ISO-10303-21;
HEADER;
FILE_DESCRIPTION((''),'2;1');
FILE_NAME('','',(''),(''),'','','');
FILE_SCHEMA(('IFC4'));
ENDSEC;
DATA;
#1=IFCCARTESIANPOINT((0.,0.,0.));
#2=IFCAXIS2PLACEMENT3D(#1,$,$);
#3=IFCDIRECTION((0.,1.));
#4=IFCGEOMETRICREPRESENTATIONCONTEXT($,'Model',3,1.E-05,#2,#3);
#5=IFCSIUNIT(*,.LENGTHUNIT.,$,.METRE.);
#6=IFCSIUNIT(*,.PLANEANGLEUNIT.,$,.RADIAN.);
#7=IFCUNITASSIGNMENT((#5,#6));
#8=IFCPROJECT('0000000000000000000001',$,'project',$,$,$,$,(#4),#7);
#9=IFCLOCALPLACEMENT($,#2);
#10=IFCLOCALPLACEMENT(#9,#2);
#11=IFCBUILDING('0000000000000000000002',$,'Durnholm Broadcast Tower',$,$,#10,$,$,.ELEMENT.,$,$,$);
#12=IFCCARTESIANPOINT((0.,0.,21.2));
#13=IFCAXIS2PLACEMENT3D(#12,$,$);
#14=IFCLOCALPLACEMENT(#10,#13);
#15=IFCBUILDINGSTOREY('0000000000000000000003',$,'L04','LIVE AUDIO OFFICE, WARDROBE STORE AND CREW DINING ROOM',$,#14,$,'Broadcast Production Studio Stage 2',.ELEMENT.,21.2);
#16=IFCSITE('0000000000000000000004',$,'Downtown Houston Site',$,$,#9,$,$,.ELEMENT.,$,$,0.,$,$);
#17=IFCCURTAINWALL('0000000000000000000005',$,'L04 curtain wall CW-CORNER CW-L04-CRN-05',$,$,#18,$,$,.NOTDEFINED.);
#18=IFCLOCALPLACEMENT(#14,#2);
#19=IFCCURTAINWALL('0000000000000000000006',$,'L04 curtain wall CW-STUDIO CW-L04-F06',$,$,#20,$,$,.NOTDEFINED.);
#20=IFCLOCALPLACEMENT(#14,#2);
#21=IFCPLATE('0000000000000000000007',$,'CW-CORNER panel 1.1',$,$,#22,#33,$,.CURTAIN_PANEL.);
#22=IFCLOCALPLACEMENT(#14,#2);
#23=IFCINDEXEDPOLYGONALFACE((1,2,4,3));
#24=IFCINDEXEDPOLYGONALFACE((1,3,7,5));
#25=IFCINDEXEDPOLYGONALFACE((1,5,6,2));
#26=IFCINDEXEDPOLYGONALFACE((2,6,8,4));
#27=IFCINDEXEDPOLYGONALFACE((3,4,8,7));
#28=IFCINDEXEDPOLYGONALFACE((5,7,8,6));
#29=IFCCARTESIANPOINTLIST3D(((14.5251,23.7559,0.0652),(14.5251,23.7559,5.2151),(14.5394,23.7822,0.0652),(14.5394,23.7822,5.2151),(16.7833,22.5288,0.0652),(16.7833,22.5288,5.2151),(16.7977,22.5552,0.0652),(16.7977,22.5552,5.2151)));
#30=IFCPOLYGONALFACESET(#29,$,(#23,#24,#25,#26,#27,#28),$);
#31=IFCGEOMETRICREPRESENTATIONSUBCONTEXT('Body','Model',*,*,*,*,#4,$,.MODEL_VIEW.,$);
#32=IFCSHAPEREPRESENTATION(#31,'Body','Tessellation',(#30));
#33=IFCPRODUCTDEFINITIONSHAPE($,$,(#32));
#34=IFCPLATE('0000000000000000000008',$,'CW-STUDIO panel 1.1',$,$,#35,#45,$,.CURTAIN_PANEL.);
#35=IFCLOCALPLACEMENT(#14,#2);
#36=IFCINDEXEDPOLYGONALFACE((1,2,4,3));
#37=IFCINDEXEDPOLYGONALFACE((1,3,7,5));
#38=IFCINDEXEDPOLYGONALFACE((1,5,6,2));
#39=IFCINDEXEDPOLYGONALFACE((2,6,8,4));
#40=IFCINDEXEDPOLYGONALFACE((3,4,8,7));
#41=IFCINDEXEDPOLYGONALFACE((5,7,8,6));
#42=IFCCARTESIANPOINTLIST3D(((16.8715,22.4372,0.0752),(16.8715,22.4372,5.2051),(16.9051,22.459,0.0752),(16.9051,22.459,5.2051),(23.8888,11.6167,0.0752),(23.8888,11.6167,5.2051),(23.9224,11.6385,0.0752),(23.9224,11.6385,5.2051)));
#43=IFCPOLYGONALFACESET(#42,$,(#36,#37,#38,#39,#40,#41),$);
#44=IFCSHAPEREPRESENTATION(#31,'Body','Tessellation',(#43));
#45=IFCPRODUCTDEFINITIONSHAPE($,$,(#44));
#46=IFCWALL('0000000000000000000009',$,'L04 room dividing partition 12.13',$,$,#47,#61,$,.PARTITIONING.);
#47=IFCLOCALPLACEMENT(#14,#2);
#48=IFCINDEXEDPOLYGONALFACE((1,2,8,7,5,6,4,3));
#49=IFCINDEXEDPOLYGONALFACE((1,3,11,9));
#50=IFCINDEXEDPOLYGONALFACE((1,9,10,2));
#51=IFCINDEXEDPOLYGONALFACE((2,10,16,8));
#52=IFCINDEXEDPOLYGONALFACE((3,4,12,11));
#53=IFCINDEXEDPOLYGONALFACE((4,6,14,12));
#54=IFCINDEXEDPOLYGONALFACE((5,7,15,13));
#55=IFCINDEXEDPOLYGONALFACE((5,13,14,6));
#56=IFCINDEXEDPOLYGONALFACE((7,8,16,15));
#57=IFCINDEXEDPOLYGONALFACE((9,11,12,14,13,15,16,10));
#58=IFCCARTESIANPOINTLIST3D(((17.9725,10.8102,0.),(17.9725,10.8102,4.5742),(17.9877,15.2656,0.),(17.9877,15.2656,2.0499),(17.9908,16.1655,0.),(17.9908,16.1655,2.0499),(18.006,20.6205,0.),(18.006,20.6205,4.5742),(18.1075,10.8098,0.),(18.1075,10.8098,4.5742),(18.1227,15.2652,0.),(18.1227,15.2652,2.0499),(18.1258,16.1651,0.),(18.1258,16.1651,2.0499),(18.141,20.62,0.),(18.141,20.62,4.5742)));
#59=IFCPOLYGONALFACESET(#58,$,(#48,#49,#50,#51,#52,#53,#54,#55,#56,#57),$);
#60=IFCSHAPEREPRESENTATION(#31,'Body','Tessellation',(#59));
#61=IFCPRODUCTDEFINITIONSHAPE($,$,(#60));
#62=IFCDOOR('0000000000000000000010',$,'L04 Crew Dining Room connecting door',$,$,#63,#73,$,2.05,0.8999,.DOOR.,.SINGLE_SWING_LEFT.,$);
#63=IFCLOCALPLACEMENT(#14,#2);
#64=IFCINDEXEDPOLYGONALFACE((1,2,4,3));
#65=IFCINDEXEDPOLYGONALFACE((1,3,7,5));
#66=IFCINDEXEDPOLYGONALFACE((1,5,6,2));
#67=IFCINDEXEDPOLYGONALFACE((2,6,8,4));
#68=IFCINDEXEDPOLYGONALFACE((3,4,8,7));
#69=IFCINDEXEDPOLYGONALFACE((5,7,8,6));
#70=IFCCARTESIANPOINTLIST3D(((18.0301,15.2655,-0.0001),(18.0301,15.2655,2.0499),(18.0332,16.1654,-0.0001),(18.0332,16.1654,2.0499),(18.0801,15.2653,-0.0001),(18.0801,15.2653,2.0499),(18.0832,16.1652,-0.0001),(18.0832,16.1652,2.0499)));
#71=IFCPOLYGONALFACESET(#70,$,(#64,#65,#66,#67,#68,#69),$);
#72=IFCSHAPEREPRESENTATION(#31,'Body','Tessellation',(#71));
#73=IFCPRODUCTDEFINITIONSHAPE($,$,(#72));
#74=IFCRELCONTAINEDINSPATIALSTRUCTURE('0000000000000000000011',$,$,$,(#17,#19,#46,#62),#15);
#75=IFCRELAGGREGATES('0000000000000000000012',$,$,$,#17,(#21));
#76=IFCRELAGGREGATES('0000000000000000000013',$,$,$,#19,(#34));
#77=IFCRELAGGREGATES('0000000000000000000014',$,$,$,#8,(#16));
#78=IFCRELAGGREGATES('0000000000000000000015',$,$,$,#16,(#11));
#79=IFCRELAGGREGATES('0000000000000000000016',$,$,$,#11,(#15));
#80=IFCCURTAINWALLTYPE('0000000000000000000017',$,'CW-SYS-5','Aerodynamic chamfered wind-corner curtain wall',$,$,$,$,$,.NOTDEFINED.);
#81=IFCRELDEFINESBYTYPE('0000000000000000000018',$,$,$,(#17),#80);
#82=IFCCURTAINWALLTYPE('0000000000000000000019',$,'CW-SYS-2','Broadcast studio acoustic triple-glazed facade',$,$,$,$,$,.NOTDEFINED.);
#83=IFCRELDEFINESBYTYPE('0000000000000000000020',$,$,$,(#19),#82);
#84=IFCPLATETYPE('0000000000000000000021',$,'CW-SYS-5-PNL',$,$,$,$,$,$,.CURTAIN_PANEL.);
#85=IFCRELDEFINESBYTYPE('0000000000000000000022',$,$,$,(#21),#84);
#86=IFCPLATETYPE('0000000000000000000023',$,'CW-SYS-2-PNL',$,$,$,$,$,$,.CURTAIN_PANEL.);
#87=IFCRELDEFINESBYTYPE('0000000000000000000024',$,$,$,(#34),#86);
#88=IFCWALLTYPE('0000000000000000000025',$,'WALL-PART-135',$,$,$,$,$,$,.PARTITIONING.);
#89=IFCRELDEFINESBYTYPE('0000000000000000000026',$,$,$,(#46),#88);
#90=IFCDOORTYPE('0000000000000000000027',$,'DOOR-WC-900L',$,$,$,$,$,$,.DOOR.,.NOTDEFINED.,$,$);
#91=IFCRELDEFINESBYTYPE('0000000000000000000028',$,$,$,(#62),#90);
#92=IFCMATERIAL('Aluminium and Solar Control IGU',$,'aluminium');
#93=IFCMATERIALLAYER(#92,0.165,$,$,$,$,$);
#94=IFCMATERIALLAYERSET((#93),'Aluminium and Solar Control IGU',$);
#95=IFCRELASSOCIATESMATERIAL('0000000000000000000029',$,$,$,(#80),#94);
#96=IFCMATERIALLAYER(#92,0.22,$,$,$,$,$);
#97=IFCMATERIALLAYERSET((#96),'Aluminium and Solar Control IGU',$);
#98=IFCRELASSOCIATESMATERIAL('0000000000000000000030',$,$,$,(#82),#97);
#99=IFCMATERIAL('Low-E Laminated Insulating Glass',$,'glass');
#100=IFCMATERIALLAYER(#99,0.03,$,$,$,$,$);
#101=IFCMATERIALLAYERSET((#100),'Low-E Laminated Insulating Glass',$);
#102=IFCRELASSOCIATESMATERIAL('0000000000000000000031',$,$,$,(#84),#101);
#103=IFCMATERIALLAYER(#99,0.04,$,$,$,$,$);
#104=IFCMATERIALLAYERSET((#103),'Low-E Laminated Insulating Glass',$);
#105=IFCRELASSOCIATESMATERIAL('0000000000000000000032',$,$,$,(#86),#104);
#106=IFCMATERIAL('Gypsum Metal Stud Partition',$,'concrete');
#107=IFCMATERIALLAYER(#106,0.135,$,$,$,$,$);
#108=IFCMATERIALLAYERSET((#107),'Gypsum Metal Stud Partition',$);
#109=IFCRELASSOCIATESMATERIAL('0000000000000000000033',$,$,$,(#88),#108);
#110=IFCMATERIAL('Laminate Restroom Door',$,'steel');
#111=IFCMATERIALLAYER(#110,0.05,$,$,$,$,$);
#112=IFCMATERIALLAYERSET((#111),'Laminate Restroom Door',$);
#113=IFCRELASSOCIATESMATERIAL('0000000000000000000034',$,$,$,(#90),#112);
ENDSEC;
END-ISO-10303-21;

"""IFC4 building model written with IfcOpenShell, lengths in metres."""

from ifc_helpers import new_model, si_unit, direction, frame, frame_2d, origin, origin_2d, place, context, subcontext, project, spatial, rectangle, extrude, source, transform, mapped, material, layer, layer_set, type_object, type_shapes, element, fill, aggregate, save


model = new_model("IFC4")

# Units and contexts
model_context = context("Model", 3, precision=1e-05, world=origin(), true_north=direction((0.0, 1.0)))
body_context = subcontext(model_context, "Body", "Model", "MODEL_VIEW")
ifc_project = project(units=[si_unit("LENGTHUNIT", "METRE"), si_unit("PLANEANGLEUNIT", "RADIAN")], contexts=[model_context])

# Site, building, storey
site_placement = place(None, origin())
site = spatial("IfcSite", under=ifc_project, at=site_placement, Name="Downtown Houston Site", CompositionType="ELEMENT", RefElevation=0.0)
building_placement = place(site_placement, origin())
building = spatial("IfcBuilding", under=site, at=building_placement, Name="Durnholm Broadcast Tower", CompositionType="ELEMENT")
storey_placement = place(building_placement, frame((0.0, 0.0, 21.2)))
storey = spatial("IfcBuildingStorey", under=building, at=storey_placement, Name="L04", Description="LIVE AUDIO OFFICE, WARDROBE STORE AND CREW DINING ROOM", LongName="Broadcast Production Studio Stage 2", CompositionType="ELEMENT", Elevation=21.2)

# Curtain walls
ifc_material_1 = material(Name="Aluminium and Solar Control IGU", Category="aluminium")
ifc_layer_1 = layer(ifc_material_1, 0.165)
ifc_layer_set_1 = layer_set([ifc_layer_1], Name="Aluminium and Solar Control IGU")
curtain_wall_type_1 = type_object("IfcCurtainWallType", Name="CW-SYS-5", Description="Aerodynamic chamfered wind-corner curtain wall", PredefinedType="NOTDEFINED", material=ifc_layer_set_1)
curtain_wall_1_placement = place(storey_placement, origin())
curtain_wall_1 = element("IfcCurtainWall", 1, at=curtain_wall_1_placement, inside=storey, type_object=curtain_wall_type_1, Name="L04 curtain wall CW-CORNER CW-L04-CRN-05", PredefinedType="NOTDEFINED")
ifc_layer_2 = layer(ifc_material_1, 0.22)
ifc_layer_set_2 = layer_set([ifc_layer_2], Name="Aluminium and Solar Control IGU")
curtain_wall_type_2 = type_object("IfcCurtainWallType", Name="CW-SYS-2", Description="Broadcast studio acoustic triple-glazed facade", PredefinedType="NOTDEFINED", material=ifc_layer_set_2)
curtain_wall_2_placement = place(storey_placement, origin())
curtain_wall_2 = element("IfcCurtainWall", 2, at=curtain_wall_2_placement, inside=storey, type_object=curtain_wall_type_2, Name="L04 curtain wall CW-STUDIO CW-L04-F06", PredefinedType="NOTDEFINED")

# Plates
ifc_material_2 = material(Name="Low-E Laminated Insulating Glass", Category="glass")
ifc_layer_3 = layer(ifc_material_2, 0.03)
ifc_layer_set_3 = layer_set([ifc_layer_3], Name="Low-E Laminated Insulating Glass")
plate_type_1 = type_object("IfcPlateType", Name="CW-SYS-5-PNL", PredefinedType="CURTAIN_PANEL", material=ifc_layer_set_3)
shared_shape_1 = source(origin(), body_context, "Body", "SweptSolid", [
    extrude(rectangle(XDim=2.5701, YDim=0.03, at=origin_2d()), origin(), (0.0, 0.0, 1.0), 5.1499),
])
type_shapes(plate_type_1, [shared_shape_1])
plate_1_placement = place(storey_placement, frame((15.6614, 23.1555, 0.0652), z_axis=(0.0, 0.0, 1.0), x_axis=(0.878663, -0.477442, 0.0)))
plate_1 = element("IfcPlate", 3, at=plate_1_placement, type_object=plate_type_1, Name="CW-CORNER panel 1.1", PredefinedType="CURTAIN_PANEL", context=body_context, shape_type="MappedRepresentation", body=[
    mapped(shared_shape_1, transform((0.0, 0.0, 0.0), x_axis=(1.0, 0.0, 0.0), y_axis=(0.0, 1.0, 0.0), z_axis=(0.0, 0.0, 1.0), scale=1.0)),
])
aggregate(curtain_wall_1, [plate_1])
ifc_layer_4 = layer(ifc_material_2, 0.04)
ifc_layer_set_4 = layer_set([ifc_layer_4], Name="Low-E Laminated Insulating Glass")
plate_type_2 = type_object("IfcPlateType", Name="CW-SYS-2-PNL", PredefinedType="CURTAIN_PANEL", material=ifc_layer_set_4)
shared_shape_2 = source(origin(), body_context, "Body", "SweptSolid", [
    extrude(rectangle(XDim=12.8967, YDim=0.04, at=origin_2d()), origin(), (0.0, 0.0, 1.0), 5.1299),
])
type_shapes(plate_type_2, [shared_shape_2])
plate_2_placement = place(storey_placement, frame((20.397, 17.0378, 0.0752), z_axis=(0.0, 0.0, 1.0), x_axis=(0.544117, -0.839009, 0.0)))
plate_2 = element("IfcPlate", 4, at=plate_2_placement, type_object=plate_type_2, Name="CW-STUDIO panel 1.1", PredefinedType="CURTAIN_PANEL", context=body_context, shape_type="MappedRepresentation", body=[
    mapped(shared_shape_2, transform((0.0, 0.0, 0.0), x_axis=(1.0, 0.0, 0.0), y_axis=(0.0, 1.0, 0.0), z_axis=(0.0, 0.0, 1.0), scale=1.0)),
])
aggregate(curtain_wall_2, [plate_2])

# Wall, opening, door
ifc_material_3 = material(Name="Gypsum Metal Stud Partition", Category="concrete")
ifc_layer_5 = layer(ifc_material_3, 0.135)
ifc_layer_set_5 = layer_set([ifc_layer_5], Name="Gypsum Metal Stud Partition")
wall_type = type_object("IfcWallType", Name="WALL-PART-135", PredefinedType="PARTITIONING", material=ifc_layer_set_5)
wall_placement = place(storey_placement, frame((18.0735, 20.6204, 0.0), z_axis=(0.0, 0.0, 1.0), x_axis=(-0.003409, -0.999994, 0.0)))
wall = element("IfcWall", 5, at=wall_placement, inside=storey, type_object=wall_type, Name="L04 room dividing partition 12.13", PredefinedType="PARTITIONING", context=body_context, shape_type="SweptSolid", body=[
    extrude(rectangle(XDim=9.8103, YDim=0.135, at=frame_2d((4.9053, 0.0))), origin(), (0.0, 0.0, 1.0), 4.5742),
])
opening_placement = place(wall_placement, frame((4.4551, 0.0, 0.0)))
opening = element("IfcOpeningElement", 6, at=opening_placement, cuts=wall, PredefinedType="OPENING", context=body_context, shape_type="SweptSolid", body=[
    extrude(rectangle(XDim=0.8999, YDim=2.05, at=frame_2d((0.45, 1.0249))), frame((0.0, 0.0776, 0.0), z_axis=(0.0, -1.0, 0.0), x_axis=(1.0, 0.0, 0.0)), (0.0, 0.0, 1.0), 0.155),
])
ifc_material_4 = material(Name="Laminate Restroom Door", Category="steel")
ifc_layer_6 = layer(ifc_material_4, 0.05)
ifc_layer_set_6 = layer_set([ifc_layer_6], Name="Laminate Restroom Door")
door_type = type_object("IfcDoorType", Name="DOOR-WC-900L", OperationType="NOTDEFINED", PredefinedType="DOOR", material=ifc_layer_set_6)
shared_shape_3 = source(origin(), body_context, "Body", "SweptSolid", [
    extrude(rectangle(XDim=0.8999, YDim=2.05, at=frame_2d((0.45, 1.0249))), frame((0.0, 0.0249, 0.0), z_axis=(0.0, -1.0, 0.0), x_axis=(1.0, 0.0, 0.0)), (0.0, 0.0, 1.0), 0.05),
])
type_shapes(door_type, [shared_shape_3])
door_placement = place(opening_placement, origin())
door = element("IfcDoor", 7, at=door_placement, inside=storey, type_object=door_type, Name="L04 Crew Dining Room connecting door", OperationType="SINGLE_SWING_LEFT", OverallHeight=2.05, OverallWidth=0.8999, PredefinedType="DOOR", context=body_context, shape_type="MappedRepresentation", body=[
    mapped(shared_shape_3, transform((0.0, 0.0, 0.0), x_axis=(1.0, 0.0, 0.0), y_axis=(0.0, 1.0, 0.0), z_axis=(0.0, 0.0, 1.0), scale=1.0)),
])
fill(opening, door)

save(model, "model.ifc")
